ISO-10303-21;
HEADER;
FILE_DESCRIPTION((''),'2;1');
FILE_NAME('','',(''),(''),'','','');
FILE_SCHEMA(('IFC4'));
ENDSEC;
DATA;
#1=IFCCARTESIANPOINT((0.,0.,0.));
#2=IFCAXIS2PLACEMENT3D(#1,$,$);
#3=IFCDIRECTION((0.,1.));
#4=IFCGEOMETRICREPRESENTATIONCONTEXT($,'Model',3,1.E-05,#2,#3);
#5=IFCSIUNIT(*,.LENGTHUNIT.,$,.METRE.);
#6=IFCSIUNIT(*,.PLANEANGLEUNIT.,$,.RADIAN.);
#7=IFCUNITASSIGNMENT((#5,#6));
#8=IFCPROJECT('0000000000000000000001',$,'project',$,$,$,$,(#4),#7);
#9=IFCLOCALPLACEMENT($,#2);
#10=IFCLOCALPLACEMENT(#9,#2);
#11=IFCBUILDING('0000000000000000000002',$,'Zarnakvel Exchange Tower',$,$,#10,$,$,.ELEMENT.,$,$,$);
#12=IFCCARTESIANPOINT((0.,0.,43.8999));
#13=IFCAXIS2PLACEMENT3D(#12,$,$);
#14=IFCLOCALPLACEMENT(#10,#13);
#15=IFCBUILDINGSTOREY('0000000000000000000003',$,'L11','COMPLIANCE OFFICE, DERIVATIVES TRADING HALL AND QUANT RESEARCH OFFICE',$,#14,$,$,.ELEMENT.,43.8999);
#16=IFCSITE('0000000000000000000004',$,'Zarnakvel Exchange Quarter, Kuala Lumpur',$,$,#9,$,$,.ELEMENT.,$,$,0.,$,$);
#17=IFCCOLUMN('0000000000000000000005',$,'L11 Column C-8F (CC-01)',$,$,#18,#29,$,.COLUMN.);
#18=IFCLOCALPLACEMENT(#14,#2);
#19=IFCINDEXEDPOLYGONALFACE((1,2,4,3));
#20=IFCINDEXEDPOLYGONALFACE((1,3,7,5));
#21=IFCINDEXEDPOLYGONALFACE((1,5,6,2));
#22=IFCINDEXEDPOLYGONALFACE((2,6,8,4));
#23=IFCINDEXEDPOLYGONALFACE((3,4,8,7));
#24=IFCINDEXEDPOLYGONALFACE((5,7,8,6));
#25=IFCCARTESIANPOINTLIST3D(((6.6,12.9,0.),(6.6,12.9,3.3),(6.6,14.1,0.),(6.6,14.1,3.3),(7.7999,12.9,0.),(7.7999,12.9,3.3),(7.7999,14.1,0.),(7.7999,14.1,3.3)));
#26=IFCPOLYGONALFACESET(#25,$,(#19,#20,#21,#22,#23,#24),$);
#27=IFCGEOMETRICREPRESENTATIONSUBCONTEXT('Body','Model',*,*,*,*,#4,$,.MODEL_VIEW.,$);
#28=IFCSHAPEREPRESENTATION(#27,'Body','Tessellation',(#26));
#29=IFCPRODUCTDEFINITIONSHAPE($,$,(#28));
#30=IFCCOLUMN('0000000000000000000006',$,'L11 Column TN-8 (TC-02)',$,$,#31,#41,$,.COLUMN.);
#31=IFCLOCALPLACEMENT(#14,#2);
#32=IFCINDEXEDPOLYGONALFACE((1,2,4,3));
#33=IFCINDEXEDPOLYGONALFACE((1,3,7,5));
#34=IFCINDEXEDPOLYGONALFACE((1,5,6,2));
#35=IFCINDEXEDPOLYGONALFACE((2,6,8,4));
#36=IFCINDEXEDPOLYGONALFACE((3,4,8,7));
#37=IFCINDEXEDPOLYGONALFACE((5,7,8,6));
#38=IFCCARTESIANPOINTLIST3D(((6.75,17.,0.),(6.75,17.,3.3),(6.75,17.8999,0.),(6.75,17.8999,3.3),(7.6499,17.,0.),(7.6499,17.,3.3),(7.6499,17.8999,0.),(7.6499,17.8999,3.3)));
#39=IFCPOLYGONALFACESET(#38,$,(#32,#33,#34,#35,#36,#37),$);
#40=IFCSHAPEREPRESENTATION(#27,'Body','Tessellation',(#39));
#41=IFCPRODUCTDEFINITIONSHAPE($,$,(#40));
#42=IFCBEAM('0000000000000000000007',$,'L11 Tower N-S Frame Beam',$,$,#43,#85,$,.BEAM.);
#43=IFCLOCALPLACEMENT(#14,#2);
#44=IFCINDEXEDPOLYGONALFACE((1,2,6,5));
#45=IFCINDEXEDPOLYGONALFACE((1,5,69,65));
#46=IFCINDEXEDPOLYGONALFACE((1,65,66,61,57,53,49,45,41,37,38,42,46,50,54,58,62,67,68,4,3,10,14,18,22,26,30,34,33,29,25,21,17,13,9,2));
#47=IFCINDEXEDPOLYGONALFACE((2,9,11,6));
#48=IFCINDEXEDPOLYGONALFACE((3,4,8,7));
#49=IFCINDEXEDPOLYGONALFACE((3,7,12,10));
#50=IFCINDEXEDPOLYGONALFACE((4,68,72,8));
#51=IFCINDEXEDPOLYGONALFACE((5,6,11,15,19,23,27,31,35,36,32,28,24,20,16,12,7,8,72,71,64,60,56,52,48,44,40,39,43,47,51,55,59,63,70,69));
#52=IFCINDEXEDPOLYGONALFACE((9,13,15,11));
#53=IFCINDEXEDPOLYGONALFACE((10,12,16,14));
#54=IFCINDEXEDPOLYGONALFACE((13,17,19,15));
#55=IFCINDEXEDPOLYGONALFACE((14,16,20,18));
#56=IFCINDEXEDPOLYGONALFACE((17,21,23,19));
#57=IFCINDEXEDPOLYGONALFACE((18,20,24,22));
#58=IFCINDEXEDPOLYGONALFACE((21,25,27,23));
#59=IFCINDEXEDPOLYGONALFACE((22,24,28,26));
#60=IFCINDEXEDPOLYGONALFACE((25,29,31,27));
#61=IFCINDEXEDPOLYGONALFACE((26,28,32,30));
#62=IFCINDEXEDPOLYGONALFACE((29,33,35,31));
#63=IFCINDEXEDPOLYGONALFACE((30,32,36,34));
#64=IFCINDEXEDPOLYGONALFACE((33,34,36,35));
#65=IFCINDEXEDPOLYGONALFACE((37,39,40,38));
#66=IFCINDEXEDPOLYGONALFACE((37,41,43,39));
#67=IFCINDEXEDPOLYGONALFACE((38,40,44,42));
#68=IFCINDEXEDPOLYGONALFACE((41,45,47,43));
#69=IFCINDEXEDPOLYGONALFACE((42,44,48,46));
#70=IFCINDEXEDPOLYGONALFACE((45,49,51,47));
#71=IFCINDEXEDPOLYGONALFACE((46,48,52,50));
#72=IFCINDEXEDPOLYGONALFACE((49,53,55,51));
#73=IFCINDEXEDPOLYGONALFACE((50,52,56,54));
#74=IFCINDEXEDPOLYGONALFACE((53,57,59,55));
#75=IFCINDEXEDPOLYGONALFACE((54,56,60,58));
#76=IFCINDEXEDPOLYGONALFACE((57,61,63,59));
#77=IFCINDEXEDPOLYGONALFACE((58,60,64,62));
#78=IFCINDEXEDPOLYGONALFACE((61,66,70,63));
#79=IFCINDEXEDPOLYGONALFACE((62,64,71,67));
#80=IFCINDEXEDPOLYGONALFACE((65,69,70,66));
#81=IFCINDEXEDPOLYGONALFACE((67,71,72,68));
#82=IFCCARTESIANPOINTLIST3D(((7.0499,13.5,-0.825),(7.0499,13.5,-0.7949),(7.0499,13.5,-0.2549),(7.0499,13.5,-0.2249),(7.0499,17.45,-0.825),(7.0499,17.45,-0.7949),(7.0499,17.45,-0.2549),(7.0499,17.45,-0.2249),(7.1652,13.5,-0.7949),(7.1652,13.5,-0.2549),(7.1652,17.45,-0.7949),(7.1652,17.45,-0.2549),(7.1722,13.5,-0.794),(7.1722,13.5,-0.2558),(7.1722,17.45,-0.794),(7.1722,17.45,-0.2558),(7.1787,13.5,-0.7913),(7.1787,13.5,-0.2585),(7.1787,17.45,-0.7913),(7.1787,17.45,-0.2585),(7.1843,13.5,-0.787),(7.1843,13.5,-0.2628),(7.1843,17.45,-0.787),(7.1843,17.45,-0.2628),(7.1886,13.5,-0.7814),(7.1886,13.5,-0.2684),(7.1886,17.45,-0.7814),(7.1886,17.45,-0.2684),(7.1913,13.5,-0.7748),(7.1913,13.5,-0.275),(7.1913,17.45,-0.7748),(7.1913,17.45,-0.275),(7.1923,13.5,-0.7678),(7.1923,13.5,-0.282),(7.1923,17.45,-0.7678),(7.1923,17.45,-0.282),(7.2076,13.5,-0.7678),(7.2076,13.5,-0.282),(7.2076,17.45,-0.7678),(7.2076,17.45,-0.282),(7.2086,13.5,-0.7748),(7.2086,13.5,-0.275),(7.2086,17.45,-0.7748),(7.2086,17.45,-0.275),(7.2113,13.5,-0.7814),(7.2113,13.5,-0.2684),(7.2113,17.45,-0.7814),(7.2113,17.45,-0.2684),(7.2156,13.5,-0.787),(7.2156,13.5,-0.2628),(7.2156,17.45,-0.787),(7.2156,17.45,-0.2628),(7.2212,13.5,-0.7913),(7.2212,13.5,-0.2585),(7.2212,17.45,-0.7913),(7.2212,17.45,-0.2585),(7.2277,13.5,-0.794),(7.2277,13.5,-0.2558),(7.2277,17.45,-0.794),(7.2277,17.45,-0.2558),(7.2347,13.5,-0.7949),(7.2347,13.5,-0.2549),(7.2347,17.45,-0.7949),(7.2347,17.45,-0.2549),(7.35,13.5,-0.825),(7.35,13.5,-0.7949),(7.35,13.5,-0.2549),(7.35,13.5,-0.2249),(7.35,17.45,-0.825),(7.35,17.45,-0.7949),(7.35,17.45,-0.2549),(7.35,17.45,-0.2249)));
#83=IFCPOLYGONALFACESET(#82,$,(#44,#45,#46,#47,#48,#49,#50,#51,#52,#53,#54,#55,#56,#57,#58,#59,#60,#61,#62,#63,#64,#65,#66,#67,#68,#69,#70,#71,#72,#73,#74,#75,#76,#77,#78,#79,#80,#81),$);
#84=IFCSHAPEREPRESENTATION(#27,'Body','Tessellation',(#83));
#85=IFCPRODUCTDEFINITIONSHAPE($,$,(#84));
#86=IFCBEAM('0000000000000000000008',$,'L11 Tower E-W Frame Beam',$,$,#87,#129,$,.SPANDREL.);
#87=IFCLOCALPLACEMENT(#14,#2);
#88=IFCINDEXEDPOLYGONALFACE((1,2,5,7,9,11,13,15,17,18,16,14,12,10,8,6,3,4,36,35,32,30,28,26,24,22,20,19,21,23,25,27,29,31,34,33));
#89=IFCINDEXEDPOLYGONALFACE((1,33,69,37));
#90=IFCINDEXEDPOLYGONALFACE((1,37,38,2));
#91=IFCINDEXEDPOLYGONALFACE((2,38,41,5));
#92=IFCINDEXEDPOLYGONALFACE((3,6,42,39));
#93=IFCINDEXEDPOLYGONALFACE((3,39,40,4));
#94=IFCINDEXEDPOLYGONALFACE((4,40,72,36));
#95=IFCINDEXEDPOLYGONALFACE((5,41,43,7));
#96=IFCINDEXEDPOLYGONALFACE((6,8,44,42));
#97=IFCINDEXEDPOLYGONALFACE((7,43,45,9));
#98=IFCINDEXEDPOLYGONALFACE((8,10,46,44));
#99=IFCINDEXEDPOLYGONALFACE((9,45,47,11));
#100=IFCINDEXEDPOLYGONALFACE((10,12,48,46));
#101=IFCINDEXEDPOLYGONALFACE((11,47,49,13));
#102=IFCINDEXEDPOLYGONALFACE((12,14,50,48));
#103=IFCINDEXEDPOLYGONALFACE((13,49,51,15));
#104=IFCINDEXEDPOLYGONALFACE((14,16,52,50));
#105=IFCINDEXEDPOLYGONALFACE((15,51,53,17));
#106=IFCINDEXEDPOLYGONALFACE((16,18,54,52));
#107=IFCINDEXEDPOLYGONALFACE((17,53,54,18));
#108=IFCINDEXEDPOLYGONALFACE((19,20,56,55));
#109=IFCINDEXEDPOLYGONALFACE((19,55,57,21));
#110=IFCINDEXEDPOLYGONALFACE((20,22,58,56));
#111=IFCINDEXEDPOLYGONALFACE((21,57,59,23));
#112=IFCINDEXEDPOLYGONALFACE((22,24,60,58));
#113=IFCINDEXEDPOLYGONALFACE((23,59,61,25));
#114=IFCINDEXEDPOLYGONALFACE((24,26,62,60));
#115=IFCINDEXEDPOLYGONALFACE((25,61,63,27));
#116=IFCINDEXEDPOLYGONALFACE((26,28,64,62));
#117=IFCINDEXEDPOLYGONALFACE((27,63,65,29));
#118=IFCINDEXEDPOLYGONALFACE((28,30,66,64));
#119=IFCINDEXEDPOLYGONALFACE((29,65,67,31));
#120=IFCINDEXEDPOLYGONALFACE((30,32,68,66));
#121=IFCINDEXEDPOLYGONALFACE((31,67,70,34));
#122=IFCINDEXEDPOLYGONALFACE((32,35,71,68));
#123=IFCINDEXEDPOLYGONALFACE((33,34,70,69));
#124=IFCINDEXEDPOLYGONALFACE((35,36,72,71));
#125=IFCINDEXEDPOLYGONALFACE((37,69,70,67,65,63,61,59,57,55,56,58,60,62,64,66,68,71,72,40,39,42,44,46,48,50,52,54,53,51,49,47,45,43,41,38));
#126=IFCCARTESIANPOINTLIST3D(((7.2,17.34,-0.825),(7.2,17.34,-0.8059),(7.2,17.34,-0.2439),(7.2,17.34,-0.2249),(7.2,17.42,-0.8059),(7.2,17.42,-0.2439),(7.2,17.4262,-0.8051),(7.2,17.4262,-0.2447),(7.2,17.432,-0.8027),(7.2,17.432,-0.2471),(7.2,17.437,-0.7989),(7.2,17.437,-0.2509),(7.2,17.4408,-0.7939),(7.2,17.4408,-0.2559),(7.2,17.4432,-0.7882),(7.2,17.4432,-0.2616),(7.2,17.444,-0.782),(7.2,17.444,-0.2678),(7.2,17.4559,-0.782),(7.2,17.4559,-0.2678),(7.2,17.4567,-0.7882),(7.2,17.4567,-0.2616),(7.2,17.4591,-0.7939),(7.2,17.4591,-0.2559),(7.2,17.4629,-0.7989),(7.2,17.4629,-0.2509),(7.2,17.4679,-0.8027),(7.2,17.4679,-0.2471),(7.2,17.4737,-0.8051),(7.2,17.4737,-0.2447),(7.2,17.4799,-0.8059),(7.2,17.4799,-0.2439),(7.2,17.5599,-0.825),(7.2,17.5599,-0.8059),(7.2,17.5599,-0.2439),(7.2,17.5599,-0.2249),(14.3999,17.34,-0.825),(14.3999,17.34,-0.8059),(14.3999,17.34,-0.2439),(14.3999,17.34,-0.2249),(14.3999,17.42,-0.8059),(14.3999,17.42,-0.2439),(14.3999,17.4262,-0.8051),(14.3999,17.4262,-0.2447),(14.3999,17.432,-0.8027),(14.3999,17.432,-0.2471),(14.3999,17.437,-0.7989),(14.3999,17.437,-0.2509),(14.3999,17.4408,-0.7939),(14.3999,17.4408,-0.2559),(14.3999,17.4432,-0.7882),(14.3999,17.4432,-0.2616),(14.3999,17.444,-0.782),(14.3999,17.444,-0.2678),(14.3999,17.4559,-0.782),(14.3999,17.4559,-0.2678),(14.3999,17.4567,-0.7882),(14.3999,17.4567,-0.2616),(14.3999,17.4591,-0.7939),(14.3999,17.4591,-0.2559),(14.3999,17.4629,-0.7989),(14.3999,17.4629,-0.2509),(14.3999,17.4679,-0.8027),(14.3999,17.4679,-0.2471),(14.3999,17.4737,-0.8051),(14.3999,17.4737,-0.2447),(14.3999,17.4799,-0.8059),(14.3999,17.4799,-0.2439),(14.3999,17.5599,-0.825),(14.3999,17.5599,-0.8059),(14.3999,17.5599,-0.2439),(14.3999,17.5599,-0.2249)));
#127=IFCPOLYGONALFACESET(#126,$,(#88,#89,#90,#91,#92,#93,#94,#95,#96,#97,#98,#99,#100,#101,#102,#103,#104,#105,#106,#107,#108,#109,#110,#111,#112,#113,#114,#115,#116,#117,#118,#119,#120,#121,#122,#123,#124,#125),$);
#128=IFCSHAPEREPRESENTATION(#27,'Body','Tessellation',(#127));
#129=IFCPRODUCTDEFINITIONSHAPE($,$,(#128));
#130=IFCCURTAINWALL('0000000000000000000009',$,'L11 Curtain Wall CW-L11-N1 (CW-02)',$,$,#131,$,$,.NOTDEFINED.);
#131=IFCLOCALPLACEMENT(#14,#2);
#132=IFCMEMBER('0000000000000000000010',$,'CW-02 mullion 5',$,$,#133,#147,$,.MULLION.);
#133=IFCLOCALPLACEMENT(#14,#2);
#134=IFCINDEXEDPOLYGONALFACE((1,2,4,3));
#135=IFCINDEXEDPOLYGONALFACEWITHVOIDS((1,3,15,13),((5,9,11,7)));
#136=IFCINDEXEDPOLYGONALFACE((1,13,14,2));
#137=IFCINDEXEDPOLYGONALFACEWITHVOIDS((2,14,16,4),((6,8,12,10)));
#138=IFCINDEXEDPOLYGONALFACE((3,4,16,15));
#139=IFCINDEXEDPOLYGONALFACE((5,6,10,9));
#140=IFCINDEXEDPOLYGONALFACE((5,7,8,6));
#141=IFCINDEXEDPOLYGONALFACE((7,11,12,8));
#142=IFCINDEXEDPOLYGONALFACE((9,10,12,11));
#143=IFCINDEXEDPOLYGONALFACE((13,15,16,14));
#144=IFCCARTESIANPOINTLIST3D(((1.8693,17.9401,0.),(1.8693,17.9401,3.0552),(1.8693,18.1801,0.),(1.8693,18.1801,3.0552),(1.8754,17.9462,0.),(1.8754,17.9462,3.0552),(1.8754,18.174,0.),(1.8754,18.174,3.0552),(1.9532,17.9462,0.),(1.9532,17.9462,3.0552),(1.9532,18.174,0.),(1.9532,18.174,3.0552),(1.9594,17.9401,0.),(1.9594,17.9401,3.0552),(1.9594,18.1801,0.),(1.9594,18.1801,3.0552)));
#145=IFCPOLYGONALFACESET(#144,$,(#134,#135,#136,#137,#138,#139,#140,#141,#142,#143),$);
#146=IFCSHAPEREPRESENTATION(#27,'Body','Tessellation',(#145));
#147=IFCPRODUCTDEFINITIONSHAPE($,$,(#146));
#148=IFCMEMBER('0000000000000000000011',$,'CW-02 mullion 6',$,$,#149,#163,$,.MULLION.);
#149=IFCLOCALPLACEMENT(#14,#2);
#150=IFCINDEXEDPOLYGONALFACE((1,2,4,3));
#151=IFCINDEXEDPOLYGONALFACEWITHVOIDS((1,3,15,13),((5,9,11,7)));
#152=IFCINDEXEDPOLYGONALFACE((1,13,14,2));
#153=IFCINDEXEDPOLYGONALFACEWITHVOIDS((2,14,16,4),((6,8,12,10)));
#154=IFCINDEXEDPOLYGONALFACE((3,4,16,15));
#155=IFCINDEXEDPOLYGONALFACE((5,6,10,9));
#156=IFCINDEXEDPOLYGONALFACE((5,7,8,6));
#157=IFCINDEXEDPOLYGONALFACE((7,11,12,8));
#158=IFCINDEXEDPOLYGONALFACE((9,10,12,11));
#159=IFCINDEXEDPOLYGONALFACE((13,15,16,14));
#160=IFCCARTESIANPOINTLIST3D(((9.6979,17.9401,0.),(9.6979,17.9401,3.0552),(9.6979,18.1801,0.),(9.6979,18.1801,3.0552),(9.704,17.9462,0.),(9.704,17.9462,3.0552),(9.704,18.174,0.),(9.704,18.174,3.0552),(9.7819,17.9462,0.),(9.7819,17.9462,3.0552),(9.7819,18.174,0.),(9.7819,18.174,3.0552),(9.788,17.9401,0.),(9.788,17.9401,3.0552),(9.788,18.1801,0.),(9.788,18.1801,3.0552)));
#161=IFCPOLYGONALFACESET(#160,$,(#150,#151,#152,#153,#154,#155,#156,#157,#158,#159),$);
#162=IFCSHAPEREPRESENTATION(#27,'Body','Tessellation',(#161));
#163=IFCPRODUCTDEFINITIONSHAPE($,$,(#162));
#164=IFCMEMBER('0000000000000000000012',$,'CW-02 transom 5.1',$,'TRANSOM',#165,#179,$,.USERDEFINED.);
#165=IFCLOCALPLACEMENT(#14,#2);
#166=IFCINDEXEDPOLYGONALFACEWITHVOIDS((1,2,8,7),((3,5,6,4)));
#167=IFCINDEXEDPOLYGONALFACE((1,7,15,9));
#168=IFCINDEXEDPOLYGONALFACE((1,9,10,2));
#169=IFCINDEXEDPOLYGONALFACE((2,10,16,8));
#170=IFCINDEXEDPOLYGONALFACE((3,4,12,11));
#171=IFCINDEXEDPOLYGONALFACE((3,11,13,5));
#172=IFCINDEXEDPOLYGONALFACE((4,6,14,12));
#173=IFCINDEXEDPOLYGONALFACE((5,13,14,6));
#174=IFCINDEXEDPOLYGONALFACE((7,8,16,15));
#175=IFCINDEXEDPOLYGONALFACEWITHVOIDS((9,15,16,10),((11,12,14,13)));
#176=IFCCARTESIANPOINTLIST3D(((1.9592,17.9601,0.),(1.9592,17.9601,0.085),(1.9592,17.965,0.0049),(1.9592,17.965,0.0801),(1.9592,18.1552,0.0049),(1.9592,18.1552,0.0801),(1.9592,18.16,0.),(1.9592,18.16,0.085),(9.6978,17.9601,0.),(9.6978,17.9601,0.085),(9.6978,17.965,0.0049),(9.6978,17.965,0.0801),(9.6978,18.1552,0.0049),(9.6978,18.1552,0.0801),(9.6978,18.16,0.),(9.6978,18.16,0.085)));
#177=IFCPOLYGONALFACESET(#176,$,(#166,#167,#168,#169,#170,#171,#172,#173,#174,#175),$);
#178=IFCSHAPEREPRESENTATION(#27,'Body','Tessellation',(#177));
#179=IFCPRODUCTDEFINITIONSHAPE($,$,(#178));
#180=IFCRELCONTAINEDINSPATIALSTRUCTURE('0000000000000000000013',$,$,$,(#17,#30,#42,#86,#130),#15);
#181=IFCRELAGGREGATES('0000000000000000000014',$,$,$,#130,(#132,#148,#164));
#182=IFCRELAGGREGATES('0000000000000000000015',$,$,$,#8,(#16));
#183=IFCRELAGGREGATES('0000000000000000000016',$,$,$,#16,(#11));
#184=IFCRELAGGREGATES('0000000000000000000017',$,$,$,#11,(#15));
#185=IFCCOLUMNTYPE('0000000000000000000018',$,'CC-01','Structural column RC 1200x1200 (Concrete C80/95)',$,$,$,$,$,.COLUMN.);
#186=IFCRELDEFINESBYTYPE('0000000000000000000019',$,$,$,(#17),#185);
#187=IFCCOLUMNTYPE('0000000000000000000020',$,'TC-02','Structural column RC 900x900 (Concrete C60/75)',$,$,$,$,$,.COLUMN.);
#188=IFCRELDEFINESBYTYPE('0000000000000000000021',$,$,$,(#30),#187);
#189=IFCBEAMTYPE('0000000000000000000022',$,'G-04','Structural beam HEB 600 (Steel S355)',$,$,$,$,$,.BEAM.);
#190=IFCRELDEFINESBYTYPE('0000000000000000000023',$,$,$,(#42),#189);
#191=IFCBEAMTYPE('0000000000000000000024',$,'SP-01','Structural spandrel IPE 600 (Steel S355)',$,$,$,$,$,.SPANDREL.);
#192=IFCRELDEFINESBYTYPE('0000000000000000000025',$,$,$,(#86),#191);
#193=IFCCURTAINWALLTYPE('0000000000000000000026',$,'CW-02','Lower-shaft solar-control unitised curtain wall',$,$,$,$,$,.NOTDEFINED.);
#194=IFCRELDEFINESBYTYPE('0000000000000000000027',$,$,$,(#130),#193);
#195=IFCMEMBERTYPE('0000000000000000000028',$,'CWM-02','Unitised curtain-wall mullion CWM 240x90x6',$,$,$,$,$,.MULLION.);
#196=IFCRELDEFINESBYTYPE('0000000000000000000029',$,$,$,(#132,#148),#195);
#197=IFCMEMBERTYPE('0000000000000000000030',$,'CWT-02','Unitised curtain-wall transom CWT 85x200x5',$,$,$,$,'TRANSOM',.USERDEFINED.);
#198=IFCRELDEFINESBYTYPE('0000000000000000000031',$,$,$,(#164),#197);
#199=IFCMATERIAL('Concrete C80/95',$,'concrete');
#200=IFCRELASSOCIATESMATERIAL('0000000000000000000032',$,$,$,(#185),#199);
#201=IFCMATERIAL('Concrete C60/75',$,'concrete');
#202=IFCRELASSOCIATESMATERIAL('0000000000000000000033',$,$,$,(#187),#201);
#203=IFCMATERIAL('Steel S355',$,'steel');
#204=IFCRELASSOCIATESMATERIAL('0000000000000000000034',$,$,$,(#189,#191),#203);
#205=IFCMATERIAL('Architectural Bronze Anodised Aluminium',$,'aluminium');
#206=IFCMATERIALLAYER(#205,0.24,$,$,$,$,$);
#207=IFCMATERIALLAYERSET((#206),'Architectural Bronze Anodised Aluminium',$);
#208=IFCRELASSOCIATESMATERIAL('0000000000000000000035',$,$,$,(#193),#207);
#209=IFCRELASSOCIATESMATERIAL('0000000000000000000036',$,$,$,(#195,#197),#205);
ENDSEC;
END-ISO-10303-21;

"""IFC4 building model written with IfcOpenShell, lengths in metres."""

from ifc_helpers import new_model, si_unit, direction, frame, origin, origin_2d, place, context, subcontext, project, spatial, rectangle, hollow_rectangle, i_section, extrude, source, transform, mapped, material, layer, layer_set, material_profile, profile_set, type_object, element, aggregate, save


model = new_model("IFC4")

# Units and contexts
model_context = context("Model", 3, precision=1e-05, world=origin(), true_north=direction((0.0, 1.0)))
body_context = subcontext(model_context, "Body", "Model", "MODEL_VIEW")
ifc_project = project(units=[si_unit("LENGTHUNIT", "METRE"), si_unit("PLANEANGLEUNIT", "RADIAN")], contexts=[model_context])

# Site, building, storey
site_placement = place(None, origin())
site = spatial("IfcSite", under=ifc_project, at=site_placement, Name="Zarnakvel Exchange Quarter, Kuala Lumpur", CompositionType="ELEMENT", RefElevation=0.0)
building_placement = place(site_placement, origin())
building = spatial("IfcBuilding", under=site, at=building_placement, Name="Zarnakvel Exchange Tower", CompositionType="ELEMENT")
storey_placement = place(building_placement, frame((0.0, 0.0, 43.8999)))
storey = spatial("IfcBuildingStorey", under=building, at=storey_placement, Name="L11", Description="COMPLIANCE OFFICE, DERIVATIVES TRADING HALL AND QUANT RESEARCH OFFICE", CompositionType="ELEMENT", Elevation=43.8999)

# Columns
ifc_material_1 = material(Name="Concrete C80/95", Category="concrete")
ifc_material_profile_1 = material_profile(ifc_material_1, rectangle(XDim=1.2, YDim=1.2, at=origin_2d()))
ifc_profile_set_1 = profile_set([ifc_material_profile_1], Name="Concrete C80/95")
column_type_1 = type_object("IfcColumnType", Name="CC-01", Description="Structural column RC 1200x1200 (Concrete C80/95)", PredefinedType="COLUMN", material=ifc_profile_set_1)
column_1_placement = place(storey_placement, frame((7.2, 13.5, 0.0), z_axis=(0.0, 0.0, 1.0), x_axis=(1.0, 0.0, 0.0)))
element("IfcColumn", 1, at=column_1_placement, inside=storey, type_object=column_type_1, Name="L11 Column C-8F (CC-01)", PredefinedType="COLUMN", context=body_context, shape_type="SweptSolid", body=[
    extrude(rectangle(XDim=1.2, YDim=1.2, at=origin_2d()), origin(), (0.0, 0.0, 1.0), 3.3),
])
ifc_material_2 = material(Name="Concrete C60/75", Category="concrete")
ifc_material_profile_2 = material_profile(ifc_material_2, rectangle(XDim=0.8999, YDim=0.8999, at=origin_2d()))
ifc_profile_set_2 = profile_set([ifc_material_profile_2], Name="Concrete C60/75")
column_type_2 = type_object("IfcColumnType", Name="TC-02", Description="Structural column RC 900x900 (Concrete C60/75)", PredefinedType="COLUMN", material=ifc_profile_set_2)
column_2_placement = place(storey_placement, frame((7.2, 17.45, 0.0), z_axis=(0.0, 0.0, 1.0), x_axis=(1.0, 0.0, 0.0)))
element("IfcColumn", 2, at=column_2_placement, inside=storey, type_object=column_type_2, Name="L11 Column TN-8 (TC-02)", PredefinedType="COLUMN", context=body_context, shape_type="SweptSolid", body=[
    extrude(rectangle(XDim=0.8999, YDim=0.8999, at=origin_2d()), origin(), (0.0, 0.0, 1.0), 3.3),
])

# Beams
ifc_material_3 = material(Name="Steel S355", Category="steel")
ifc_material_profile_3 = material_profile(ifc_material_3, i_section(OverallWidth=0.3, OverallDepth=0.6001, WebThickness=0.0154, FlangeThickness=0.03, FilletRadius=0.0271, at=origin_2d()))
ifc_profile_set_3 = profile_set([ifc_material_profile_3], Name="Steel S355")
beam_type_1 = type_object("IfcBeamType", Name="G-04", Description="Structural beam HEB 600 (Steel S355)", PredefinedType="BEAM", material=ifc_profile_set_3)
beam_1_placement = place(storey_placement, frame((7.2, 13.5, -0.5249), z_axis=(0.0, 1.0, 0.0), x_axis=(-1.0, 0.0, 0.0)))
element("IfcBeam", 3, at=beam_1_placement, inside=storey, type_object=beam_type_1, Name="L11 Tower N-S Frame Beam", PredefinedType="BEAM", context=body_context, shape_type="SweptSolid", body=[
    extrude(i_section(OverallWidth=0.3, OverallDepth=0.6001, WebThickness=0.0154, FlangeThickness=0.03, FilletRadius=0.0271, at=origin_2d()), origin(), (0.0, 0.0, 1.0), 3.95),
])
ifc_material_profile_4 = material_profile(ifc_material_3, i_section(OverallWidth=0.22, OverallDepth=0.6001, WebThickness=0.012, FlangeThickness=0.019, FilletRadius=0.0239, at=origin_2d()))
ifc_profile_set_4 = profile_set([ifc_material_profile_4], Name="Steel S355")
beam_type_2 = type_object("IfcBeamType", Name="SP-01", Description="Structural spandrel IPE 600 (Steel S355)", PredefinedType="SPANDREL", material=ifc_profile_set_4)
beam_2_placement = place(storey_placement, frame((7.2, 17.45, -0.5249), z_axis=(1.0, 0.0, 0.0), x_axis=(0.0, 1.0, 0.0)))
element("IfcBeam", 4, at=beam_2_placement, inside=storey, type_object=beam_type_2, Name="L11 Tower E-W Frame Beam", PredefinedType="SPANDREL", context=body_context, shape_type="SweptSolid", body=[
    extrude(i_section(OverallWidth=0.22, OverallDepth=0.6001, WebThickness=0.012, FlangeThickness=0.019, FilletRadius=0.0239, at=origin_2d()), origin(), (0.0, 0.0, 1.0), 7.2),
])

# Curtain wall, members
ifc_material_4 = material(Name="Architectural Bronze Anodised Aluminium", Category="aluminium")
ifc_layer_1 = layer(ifc_material_4, 0.24)
ifc_layer_set_1 = layer_set([ifc_layer_1], Name="Architectural Bronze Anodised Aluminium")
curtain_wall_type = type_object("IfcCurtainWallType", Name="CW-02", Description="Lower-shaft solar-control unitised curtain wall", PredefinedType="NOTDEFINED", material=ifc_layer_set_1)
curtain_wall_placement = place(storey_placement, origin())
curtain_wall = element("IfcCurtainWall", 5, at=curtain_wall_placement, inside=storey, type_object=curtain_wall_type, Name="L11 Curtain Wall CW-L11-N1 (CW-02)", PredefinedType="NOTDEFINED")
ifc_material_profile_5 = material_profile(ifc_material_4, hollow_rectangle(XDim=0.24, YDim=0.0901, WallThickness=0.0061, at=origin_2d()))
ifc_profile_set_5 = profile_set([ifc_material_profile_5], Name="Architectural Bronze Anodised Aluminium")
member_type_1 = type_object("IfcMemberType", Name="CWM-02", Description="Unitised curtain-wall mullion CWM 240x90x6", PredefinedType="MULLION", material=ifc_profile_set_5)
shared_shape_1 = source(origin(), body_context, "Body", "SweptSolid", [
    extrude(hollow_rectangle(XDim=0.24, YDim=0.0901, WallThickness=0.0061, at=origin_2d()), origin(), (0.0, 0.0, 1.0), 3.0552),
])
member_1_placement = place(storey_placement, frame((1.9143, 18.0601, 0.0), z_axis=(0.0, 0.0, 1.0), x_axis=(0.0, 1.0, 0.0)))
member_1 = element("IfcMember", 6, at=member_1_placement, type_object=member_type_1, Name="CW-02 mullion 5", PredefinedType="MULLION", context=body_context, shape_type="MappedRepresentation", body=[
    mapped(shared_shape_1, transform((0.0, 0.0, 0.0), x_axis=(1.0, 0.0, 0.0), y_axis=(0.0, 1.0, 0.0), z_axis=(0.0, 0.0, 1.0), scale=1.0)),
])
member_2_placement = place(storey_placement, frame((9.7429, 18.0601, 0.0), z_axis=(0.0, 0.0, 1.0), x_axis=(0.0, 1.0, 0.0)))
member_2 = element("IfcMember", 7, at=member_2_placement, type_object=member_type_1, Name="CW-02 mullion 6", PredefinedType="MULLION", context=body_context, shape_type="MappedRepresentation", body=[
    mapped(shared_shape_1, transform((0.0, 0.0, 0.0), x_axis=(1.0, 0.0, 0.0), y_axis=(0.0, 1.0, 0.0), z_axis=(0.0, 0.0, 1.0), scale=1.0)),
])
ifc_material_profile_6 = material_profile(ifc_material_4, hollow_rectangle(XDim=0.2, YDim=0.085, WallThickness=0.0049, at=origin_2d()))
ifc_profile_set_6 = profile_set([ifc_material_profile_6], Name="Architectural Bronze Anodised Aluminium")
member_type_2 = type_object("IfcMemberType", Name="CWT-02", Description="Unitised curtain-wall transom CWT 85x200x5", ElementType="TRANSOM", PredefinedType="USERDEFINED", material=ifc_profile_set_6)
shared_shape_2 = source(origin(), body_context, "Body", "SweptSolid", [
    extrude(hollow_rectangle(XDim=0.2, YDim=0.085, WallThickness=0.0049, at=origin_2d()), origin(), (0.0, 0.0, 1.0), 7.7385),
])
member_3_placement = place(storey_placement, frame((1.9592, 18.0601, 0.0425), z_axis=(1.0, 0.0, 0.0), x_axis=(0.0, 1.0, 0.0)))
member_3 = element("IfcMember", 8, at=member_3_placement, type_object=member_type_2, Name="CW-02 transom 5.1", ObjectType="TRANSOM", PredefinedType="USERDEFINED", context=body_context, shape_type="MappedRepresentation", body=[
    mapped(shared_shape_2, transform((0.0, 0.0, 0.0), x_axis=(1.0, 0.0, 0.0), y_axis=(0.0, 1.0, 0.0), z_axis=(0.0, 0.0, 1.0), scale=1.0)),
])
aggregate(curtain_wall, [member_1, member_2, member_3])

save(model, "model.ifc")
